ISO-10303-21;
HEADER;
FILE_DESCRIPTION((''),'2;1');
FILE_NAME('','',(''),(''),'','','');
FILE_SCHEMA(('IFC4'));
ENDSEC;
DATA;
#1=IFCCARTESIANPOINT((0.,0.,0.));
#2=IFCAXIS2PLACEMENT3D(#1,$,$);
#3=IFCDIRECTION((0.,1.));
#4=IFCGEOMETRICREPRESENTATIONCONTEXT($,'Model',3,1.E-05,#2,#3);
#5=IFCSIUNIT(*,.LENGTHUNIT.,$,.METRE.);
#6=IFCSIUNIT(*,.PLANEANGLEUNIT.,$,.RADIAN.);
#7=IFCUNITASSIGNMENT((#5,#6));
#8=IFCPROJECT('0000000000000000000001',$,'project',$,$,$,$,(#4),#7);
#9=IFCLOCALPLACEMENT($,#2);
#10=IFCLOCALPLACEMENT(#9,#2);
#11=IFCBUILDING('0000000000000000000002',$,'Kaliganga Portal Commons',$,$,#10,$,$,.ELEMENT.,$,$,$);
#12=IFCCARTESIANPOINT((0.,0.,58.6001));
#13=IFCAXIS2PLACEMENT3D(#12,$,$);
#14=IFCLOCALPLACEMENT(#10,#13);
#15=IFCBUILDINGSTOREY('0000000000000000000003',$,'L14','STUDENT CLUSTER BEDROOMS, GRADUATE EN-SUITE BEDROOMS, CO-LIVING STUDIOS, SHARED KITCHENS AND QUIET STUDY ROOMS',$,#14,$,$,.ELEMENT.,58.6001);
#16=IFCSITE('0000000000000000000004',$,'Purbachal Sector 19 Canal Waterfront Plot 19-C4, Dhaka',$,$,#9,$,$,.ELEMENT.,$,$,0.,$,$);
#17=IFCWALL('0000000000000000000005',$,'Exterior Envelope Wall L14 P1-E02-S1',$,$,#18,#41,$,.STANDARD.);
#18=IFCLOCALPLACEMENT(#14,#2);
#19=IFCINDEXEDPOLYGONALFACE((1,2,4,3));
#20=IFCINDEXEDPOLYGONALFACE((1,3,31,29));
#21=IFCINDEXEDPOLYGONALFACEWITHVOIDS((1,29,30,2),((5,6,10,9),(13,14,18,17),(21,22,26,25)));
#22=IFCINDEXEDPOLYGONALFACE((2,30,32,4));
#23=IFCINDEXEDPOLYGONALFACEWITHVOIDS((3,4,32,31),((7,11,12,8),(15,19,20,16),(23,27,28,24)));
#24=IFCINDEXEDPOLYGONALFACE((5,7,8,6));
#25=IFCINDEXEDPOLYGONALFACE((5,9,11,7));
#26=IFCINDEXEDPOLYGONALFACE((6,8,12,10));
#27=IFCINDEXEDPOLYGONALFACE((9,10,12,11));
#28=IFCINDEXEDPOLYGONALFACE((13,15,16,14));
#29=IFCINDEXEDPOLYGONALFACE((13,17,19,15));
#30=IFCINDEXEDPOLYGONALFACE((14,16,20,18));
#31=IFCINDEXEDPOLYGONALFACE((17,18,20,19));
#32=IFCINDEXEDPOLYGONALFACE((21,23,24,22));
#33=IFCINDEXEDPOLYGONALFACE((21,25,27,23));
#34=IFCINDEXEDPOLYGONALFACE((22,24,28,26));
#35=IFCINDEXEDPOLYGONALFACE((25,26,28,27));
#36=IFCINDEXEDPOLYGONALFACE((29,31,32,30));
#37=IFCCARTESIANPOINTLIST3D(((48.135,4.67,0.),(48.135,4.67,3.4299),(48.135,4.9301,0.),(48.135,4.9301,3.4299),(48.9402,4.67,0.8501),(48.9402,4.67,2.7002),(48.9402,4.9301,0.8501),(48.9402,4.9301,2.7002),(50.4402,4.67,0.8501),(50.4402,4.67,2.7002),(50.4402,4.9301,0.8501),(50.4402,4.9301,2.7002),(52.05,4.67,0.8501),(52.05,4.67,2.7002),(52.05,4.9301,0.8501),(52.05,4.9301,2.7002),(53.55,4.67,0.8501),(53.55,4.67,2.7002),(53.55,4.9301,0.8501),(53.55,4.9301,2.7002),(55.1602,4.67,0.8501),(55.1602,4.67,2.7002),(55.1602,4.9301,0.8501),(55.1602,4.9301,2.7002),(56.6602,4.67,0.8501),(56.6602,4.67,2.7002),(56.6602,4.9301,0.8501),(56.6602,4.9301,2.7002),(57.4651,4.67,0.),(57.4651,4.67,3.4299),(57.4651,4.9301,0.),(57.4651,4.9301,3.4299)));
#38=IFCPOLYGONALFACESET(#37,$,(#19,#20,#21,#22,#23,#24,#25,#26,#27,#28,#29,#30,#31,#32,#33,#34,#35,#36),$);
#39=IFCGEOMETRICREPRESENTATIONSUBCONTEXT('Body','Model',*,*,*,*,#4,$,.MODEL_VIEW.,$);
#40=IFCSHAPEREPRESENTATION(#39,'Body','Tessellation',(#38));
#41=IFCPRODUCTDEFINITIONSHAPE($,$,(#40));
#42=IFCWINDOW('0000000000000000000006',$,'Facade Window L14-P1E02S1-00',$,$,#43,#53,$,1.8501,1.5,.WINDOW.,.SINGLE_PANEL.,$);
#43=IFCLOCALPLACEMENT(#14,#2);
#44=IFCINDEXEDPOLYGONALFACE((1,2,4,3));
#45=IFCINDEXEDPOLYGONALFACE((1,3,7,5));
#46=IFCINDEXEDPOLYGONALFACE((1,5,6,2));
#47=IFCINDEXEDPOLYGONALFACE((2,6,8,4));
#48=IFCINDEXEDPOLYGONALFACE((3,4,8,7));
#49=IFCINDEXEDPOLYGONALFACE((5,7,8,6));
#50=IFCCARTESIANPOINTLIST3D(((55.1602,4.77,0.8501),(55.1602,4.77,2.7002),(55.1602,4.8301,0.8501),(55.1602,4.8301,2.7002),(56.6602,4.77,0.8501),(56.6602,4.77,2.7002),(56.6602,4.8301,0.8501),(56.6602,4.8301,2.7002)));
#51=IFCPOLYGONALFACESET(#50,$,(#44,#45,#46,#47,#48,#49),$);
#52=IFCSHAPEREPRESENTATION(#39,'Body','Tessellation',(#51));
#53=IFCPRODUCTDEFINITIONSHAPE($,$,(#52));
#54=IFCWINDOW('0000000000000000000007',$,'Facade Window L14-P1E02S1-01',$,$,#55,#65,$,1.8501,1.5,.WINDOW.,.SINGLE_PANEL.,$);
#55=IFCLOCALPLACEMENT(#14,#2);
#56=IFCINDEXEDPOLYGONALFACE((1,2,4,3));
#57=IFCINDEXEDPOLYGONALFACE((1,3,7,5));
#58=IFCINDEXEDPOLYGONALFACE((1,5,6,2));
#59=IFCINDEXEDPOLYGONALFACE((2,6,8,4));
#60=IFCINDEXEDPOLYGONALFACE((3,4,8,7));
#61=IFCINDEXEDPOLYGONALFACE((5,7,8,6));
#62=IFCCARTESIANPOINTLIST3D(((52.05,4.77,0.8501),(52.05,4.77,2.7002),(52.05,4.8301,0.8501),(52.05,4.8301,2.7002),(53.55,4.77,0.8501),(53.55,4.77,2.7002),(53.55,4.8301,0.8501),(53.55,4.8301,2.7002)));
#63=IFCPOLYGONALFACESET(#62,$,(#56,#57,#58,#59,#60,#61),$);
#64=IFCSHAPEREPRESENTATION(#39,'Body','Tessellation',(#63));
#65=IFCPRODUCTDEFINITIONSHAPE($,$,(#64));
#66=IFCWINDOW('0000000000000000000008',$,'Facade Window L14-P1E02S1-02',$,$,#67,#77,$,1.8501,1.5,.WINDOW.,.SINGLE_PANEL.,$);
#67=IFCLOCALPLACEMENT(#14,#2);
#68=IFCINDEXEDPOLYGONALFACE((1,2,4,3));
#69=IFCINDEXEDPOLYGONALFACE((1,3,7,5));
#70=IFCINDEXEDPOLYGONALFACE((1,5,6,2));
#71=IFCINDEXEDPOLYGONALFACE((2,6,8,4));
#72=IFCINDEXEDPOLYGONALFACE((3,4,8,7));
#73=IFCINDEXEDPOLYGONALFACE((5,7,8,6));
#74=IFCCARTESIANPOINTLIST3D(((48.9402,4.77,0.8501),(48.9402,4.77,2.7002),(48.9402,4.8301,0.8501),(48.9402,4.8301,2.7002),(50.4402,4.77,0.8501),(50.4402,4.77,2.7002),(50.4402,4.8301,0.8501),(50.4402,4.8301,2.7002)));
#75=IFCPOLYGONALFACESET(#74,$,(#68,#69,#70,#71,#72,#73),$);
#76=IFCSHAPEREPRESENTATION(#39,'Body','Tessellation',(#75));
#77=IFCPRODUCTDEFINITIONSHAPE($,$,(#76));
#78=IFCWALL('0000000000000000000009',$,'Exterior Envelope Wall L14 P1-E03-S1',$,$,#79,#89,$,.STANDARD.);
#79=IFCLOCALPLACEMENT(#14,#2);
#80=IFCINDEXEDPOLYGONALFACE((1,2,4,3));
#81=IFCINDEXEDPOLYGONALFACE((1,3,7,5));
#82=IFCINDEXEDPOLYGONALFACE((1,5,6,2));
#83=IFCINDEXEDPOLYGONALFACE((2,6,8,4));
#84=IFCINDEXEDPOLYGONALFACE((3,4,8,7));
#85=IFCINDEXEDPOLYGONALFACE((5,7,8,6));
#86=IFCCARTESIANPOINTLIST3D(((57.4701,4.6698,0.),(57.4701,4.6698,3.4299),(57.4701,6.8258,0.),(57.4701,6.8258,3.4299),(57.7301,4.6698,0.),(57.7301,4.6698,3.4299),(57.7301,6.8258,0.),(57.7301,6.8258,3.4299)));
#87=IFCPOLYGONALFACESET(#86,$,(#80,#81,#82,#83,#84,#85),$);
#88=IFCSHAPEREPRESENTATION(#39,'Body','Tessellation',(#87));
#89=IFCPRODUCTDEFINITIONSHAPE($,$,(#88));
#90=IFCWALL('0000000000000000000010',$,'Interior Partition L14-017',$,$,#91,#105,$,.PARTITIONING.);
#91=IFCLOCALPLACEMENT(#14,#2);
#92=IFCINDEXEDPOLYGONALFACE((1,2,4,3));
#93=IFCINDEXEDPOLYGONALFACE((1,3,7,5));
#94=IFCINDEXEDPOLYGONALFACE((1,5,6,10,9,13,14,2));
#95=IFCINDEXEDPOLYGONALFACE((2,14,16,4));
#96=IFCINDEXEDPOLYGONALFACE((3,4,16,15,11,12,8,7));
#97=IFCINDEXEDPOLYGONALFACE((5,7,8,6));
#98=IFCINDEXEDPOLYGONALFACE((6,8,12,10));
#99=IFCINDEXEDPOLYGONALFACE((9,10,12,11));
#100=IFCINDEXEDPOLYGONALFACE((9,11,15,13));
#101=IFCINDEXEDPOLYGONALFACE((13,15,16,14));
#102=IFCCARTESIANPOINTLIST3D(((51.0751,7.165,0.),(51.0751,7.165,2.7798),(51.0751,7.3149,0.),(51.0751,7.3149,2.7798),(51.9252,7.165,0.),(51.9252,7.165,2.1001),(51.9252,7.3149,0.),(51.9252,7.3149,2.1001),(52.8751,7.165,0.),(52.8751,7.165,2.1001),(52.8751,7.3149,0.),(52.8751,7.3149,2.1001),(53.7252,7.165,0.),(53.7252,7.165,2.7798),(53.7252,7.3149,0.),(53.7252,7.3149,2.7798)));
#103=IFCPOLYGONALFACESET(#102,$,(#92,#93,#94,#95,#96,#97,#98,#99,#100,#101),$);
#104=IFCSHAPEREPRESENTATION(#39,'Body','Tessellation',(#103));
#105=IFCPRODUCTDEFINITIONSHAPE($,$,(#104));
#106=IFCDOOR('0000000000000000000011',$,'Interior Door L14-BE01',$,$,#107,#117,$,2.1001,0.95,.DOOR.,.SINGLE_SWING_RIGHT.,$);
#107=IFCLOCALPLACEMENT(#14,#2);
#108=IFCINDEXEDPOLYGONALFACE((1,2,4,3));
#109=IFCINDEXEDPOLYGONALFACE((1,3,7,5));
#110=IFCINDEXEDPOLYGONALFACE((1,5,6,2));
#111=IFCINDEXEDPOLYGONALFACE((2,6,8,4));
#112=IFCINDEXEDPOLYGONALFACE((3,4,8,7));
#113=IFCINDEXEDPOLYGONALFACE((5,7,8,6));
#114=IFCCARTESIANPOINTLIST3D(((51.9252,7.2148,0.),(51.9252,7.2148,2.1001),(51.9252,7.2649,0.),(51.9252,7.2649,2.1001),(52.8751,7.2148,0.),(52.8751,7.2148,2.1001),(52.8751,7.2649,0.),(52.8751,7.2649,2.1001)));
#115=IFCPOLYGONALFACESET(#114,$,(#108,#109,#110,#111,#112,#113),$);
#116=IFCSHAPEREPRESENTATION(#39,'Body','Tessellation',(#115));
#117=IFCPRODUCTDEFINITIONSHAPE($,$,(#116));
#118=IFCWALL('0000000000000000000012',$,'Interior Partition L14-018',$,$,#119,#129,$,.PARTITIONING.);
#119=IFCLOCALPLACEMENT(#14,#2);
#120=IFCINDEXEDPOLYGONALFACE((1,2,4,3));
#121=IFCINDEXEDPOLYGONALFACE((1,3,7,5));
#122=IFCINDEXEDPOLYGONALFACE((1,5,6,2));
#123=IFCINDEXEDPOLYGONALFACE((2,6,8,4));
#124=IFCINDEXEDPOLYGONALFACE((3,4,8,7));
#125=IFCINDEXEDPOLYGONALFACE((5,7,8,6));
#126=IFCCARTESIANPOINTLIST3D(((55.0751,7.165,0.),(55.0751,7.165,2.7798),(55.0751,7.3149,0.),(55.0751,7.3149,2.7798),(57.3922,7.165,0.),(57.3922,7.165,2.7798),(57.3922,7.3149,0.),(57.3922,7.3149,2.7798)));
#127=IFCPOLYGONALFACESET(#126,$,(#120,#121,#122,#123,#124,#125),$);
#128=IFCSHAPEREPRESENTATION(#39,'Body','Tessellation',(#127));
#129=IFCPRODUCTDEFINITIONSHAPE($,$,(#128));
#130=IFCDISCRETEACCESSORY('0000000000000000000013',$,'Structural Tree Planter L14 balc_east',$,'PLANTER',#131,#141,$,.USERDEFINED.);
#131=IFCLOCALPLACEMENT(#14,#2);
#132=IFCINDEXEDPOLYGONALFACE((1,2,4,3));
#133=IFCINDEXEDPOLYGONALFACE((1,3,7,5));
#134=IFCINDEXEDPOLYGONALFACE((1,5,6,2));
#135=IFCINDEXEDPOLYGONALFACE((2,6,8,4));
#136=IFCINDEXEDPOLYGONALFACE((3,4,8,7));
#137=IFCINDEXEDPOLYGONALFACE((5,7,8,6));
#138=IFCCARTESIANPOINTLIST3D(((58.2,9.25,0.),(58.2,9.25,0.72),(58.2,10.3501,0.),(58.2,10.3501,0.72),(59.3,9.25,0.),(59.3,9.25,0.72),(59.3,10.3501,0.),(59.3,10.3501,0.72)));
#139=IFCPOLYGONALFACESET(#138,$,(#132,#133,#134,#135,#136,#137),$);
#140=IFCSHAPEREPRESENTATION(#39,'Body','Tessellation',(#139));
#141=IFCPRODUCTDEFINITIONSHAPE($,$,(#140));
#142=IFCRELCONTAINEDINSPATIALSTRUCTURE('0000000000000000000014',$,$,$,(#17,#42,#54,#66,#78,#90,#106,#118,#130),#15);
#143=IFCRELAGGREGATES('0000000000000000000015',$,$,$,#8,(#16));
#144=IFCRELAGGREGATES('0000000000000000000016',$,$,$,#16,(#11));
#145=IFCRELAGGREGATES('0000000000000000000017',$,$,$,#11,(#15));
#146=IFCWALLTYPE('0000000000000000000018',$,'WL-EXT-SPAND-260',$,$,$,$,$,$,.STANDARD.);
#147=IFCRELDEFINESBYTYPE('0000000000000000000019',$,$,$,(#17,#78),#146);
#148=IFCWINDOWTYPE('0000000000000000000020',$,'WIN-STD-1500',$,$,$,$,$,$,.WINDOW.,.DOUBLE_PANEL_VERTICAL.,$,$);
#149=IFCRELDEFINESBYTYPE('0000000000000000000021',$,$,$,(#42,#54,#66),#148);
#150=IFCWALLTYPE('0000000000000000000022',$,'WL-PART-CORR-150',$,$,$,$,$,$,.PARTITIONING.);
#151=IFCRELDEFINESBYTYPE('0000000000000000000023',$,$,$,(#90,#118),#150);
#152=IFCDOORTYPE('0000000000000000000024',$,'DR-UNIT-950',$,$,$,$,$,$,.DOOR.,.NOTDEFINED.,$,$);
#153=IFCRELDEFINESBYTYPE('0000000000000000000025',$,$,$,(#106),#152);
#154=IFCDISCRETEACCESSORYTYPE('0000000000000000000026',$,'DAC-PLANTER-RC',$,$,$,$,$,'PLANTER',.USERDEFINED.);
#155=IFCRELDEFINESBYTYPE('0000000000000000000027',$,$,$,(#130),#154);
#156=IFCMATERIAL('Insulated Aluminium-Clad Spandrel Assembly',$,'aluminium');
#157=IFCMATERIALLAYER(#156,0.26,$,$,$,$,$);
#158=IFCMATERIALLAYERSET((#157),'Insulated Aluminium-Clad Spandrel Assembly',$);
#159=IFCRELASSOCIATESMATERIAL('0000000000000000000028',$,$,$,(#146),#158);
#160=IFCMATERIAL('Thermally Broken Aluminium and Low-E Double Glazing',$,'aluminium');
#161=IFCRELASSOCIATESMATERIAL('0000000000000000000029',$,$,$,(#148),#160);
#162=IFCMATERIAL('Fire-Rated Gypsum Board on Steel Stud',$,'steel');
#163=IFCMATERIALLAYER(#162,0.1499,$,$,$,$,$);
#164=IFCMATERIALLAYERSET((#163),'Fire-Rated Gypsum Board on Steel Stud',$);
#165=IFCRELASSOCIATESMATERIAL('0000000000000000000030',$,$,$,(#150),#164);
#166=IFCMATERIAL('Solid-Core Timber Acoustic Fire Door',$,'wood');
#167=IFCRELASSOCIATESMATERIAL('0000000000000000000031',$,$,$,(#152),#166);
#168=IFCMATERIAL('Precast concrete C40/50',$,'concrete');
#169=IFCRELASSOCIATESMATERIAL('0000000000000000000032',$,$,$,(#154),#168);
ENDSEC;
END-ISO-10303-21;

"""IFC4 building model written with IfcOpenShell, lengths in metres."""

from ifc_helpers import new_model, si_unit, direction, frame, frame_2d, origin, origin_2d, place, context, subcontext, project, spatial, rectangle, extrude, source, transform, mapped, material, layer, layer_set, type_object, element, fill, save


model = new_model("IFC4")

# Units and contexts
model_context = context("Model", 3, precision=1e-05, world=origin(), true_north=direction((0.0, 1.0)))
body_context = subcontext(model_context, "Body", "Model", "MODEL_VIEW")
ifc_project = project(units=[si_unit("LENGTHUNIT", "METRE"), si_unit("PLANEANGLEUNIT", "RADIAN")], contexts=[model_context])

# Site, building, storey
site_placement = place(None, origin())
site = spatial("IfcSite", under=ifc_project, at=site_placement, Name="Purbachal Sector 19 Canal Waterfront Plot 19-C4, Dhaka", CompositionType="ELEMENT", RefElevation=0.0)
building_placement = place(site_placement, origin())
building = spatial("IfcBuilding", under=site, at=building_placement, Name="Kaliganga Portal Commons", CompositionType="ELEMENT")
storey_placement = place(building_placement, frame((0.0, 0.0, 58.6001)))
storey = spatial("IfcBuildingStorey", under=building, at=storey_placement, Name="L14", Description="STUDENT CLUSTER BEDROOMS, GRADUATE EN-SUITE BEDROOMS, CO-LIVING STUDIOS, SHARED KITCHENS AND QUIET STUDY ROOMS", CompositionType="ELEMENT", Elevation=58.6001)

# Wall, openings, windows
ifc_material_1 = material(Name="Insulated Aluminium-Clad Spandrel Assembly", Category="aluminium")
ifc_layer_1 = layer(ifc_material_1, 0.26)
ifc_layer_set_1 = layer_set([ifc_layer_1], Name="Insulated Aluminium-Clad Spandrel Assembly")
wall_type_1 = type_object("IfcWallType", Name="WL-EXT-SPAND-260", PredefinedType="STANDARD", material=ifc_layer_set_1)
wall_1_placement = place(storey_placement, frame((57.4651, 4.8, 0.0), z_axis=(0.0, 0.0, 1.0), x_axis=(-1.0, 0.0, 0.0)))
wall_1 = element("IfcWall", 1, at=wall_1_placement, inside=storey, type_object=wall_type_1, Name="Exterior Envelope Wall L14 P1-E02-S1", PredefinedType="STANDARD", context=body_context, shape_type="SweptSolid", body=[
    extrude(rectangle(XDim=9.3301, YDim=0.26, at=frame_2d((4.665, 0.0))), origin(), (0.0, 0.0, 1.0), 3.4299),
])
opening_1_placement = place(wall_1_placement, frame((0.8049, 0.0, 0.8501)))
opening_1 = element("IfcOpeningElement", 2, at=opening_1_placement, cuts=wall_1, PredefinedType="OPENING", context=body_context, shape_type="SweptSolid", body=[
    extrude(rectangle(XDim=1.5, YDim=1.8501, at=frame_2d((0.75, 0.925))), frame((0.0, 0.1401, 0.0), z_axis=(0.0, -1.0, 0.0), x_axis=(1.0, 0.0, 0.0)), (0.0, 0.0, 1.0), 0.28),
])
opening_2_placement = place(wall_1_placement, frame((3.915, 0.0, 0.8501)))
opening_2 = element("IfcOpeningElement", 3, at=opening_2_placement, cuts=wall_1, PredefinedType="OPENING", context=body_context, shape_type="SweptSolid", body=[
    extrude(rectangle(XDim=1.5, YDim=1.8501, at=frame_2d((0.75, 0.925))), frame((0.0, 0.1401, 0.0), z_axis=(0.0, -1.0, 0.0), x_axis=(1.0, 0.0, 0.0)), (0.0, 0.0, 1.0), 0.28),
])
opening_3_placement = place(wall_1_placement, frame((7.0249, 0.0, 0.8501)))
opening_3 = element("IfcOpeningElement", 4, at=opening_3_placement, cuts=wall_1, PredefinedType="OPENING", context=body_context, shape_type="SweptSolid", body=[
    extrude(rectangle(XDim=1.5, YDim=1.8501, at=frame_2d((0.75, 0.925))), frame((0.0, 0.1401, 0.0), z_axis=(0.0, -1.0, 0.0), x_axis=(1.0, 0.0, 0.0)), (0.0, 0.0, 1.0), 0.28),
])
ifc_material_2 = material(Name="Thermally Broken Aluminium and Low-E Double Glazing", Category="aluminium")
window_type = type_object("IfcWindowType", Name="WIN-STD-1500", PartitioningType="DOUBLE_PANEL_VERTICAL", PredefinedType="WINDOW", material=ifc_material_2)
window_1_placement = place(opening_1_placement, origin())
window_1 = element("IfcWindow", 5, at=window_1_placement, inside=storey, type_object=window_type, Name="Facade Window L14-P1E02S1-00", OverallHeight=1.8501, OverallWidth=1.5, PartitioningType="SINGLE_PANEL", PredefinedType="WINDOW", context=body_context, shape_type="SweptSolid", body=[
    extrude(rectangle(XDim=1.5, YDim=1.8501, at=frame_2d((0.75, 0.925))), frame((0.0, 0.03, 0.0), z_axis=(0.0, -1.0, 0.0), x_axis=(1.0, 0.0, 0.0)), (0.0, 0.0, 1.0), 0.0601),
])
fill(opening_1, window_1)
window_2_placement = place(opening_2_placement, origin())
window_2 = element("IfcWindow", 6, at=window_2_placement, inside=storey, type_object=window_type, Name="Facade Window L14-P1E02S1-01", OverallHeight=1.8501, OverallWidth=1.5, PartitioningType="SINGLE_PANEL", PredefinedType="WINDOW", context=body_context, shape_type="SweptSolid", body=[
    extrude(rectangle(XDim=1.5, YDim=1.8501, at=frame_2d((0.75, 0.925))), frame((0.0, 0.03, 0.0), z_axis=(0.0, -1.0, 0.0), x_axis=(1.0, 0.0, 0.0)), (0.0, 0.0, 1.0), 0.0601),
])
fill(opening_2, window_2)
window_3_placement = place(opening_3_placement, origin())
window_3 = element("IfcWindow", 7, at=window_3_placement, inside=storey, type_object=window_type, Name="Facade Window L14-P1E02S1-02", OverallHeight=1.8501, OverallWidth=1.5, PartitioningType="SINGLE_PANEL", PredefinedType="WINDOW", context=body_context, shape_type="SweptSolid", body=[
    extrude(rectangle(XDim=1.5, YDim=1.8501, at=frame_2d((0.75, 0.925))), frame((0.0, 0.03, 0.0), z_axis=(0.0, -1.0, 0.0), x_axis=(1.0, 0.0, 0.0)), (0.0, 0.0, 1.0), 0.0601),
])
fill(opening_3, window_3)

# Wall
wall_2_placement = place(storey_placement, frame((57.6001, 6.8259, 0.0), z_axis=(0.0, 0.0, 1.0), x_axis=(0.0, -1.0, 0.0)))
element("IfcWall", 8, at=wall_2_placement, inside=storey, type_object=wall_type_1, Name="Exterior Envelope Wall L14 P1-E03-S1", PredefinedType="STANDARD", context=body_context, shape_type="SweptSolid", body=[
    extrude(rectangle(XDim=2.156, YDim=0.26, at=frame_2d((1.0781, 0.0))), origin(), (0.0, 0.0, 1.0), 3.4299),
])

# Wall, opening, door
ifc_material_3 = material(Name="Fire-Rated Gypsum Board on Steel Stud", Category="steel")
ifc_layer_2 = layer(ifc_material_3, 0.1499)
ifc_layer_set_2 = layer_set([ifc_layer_2], Name="Fire-Rated Gypsum Board on Steel Stud")
wall_type_2 = type_object("IfcWallType", Name="WL-PART-CORR-150", PredefinedType="PARTITIONING", material=ifc_layer_set_2)
wall_3_placement = place(storey_placement, frame((51.075, 7.24, 0.0), z_axis=(0.0, 0.0, 1.0), x_axis=(1.0, 0.0, 0.0)))
wall_3 = element("IfcWall", 9, at=wall_3_placement, inside=storey, type_object=wall_type_2, Name="Interior Partition L14-017", PredefinedType="PARTITIONING", context=body_context, shape_type="SweptSolid", body=[
    extrude(rectangle(XDim=2.6501, YDim=0.1499, at=frame_2d((1.3252, 0.0))), origin(), (0.0, 0.0, 1.0), 2.7798),
])
opening_4_placement = place(wall_3_placement, frame((0.8501, 0.0, 0.0)))
opening_4 = element("IfcOpeningElement", 10, at=opening_4_placement, cuts=wall_3, PredefinedType="OPENING", context=body_context, shape_type="SweptSolid", body=[
    extrude(rectangle(XDim=0.95, YDim=2.1001, at=frame_2d((0.4751, 1.05))), frame((0.0, 0.085, 0.0), z_axis=(0.0, -1.0, 0.0), x_axis=(1.0, 0.0, 0.0)), (0.0, 0.0, 1.0), 0.1699),
])
ifc_material_4 = material(Name="Solid-Core Timber Acoustic Fire Door", Category="wood")
door_type = type_object("IfcDoorType", Name="DR-UNIT-950", OperationType="NOTDEFINED", PredefinedType="DOOR", material=ifc_material_4)
door_placement = place(opening_4_placement, origin())
door = element("IfcDoor", 11, at=door_placement, inside=storey, type_object=door_type, Name="Interior Door L14-BE01", OperationType="SINGLE_SWING_RIGHT", OverallHeight=2.1001, OverallWidth=0.95, PredefinedType="DOOR", context=body_context, shape_type="SweptSolid", body=[
    extrude(rectangle(XDim=0.95, YDim=2.1001, at=frame_2d((0.4751, 1.05))), frame((0.0, 0.0249, 0.0), z_axis=(0.0, -1.0, 0.0), x_axis=(1.0, 0.0, 0.0)), (0.0, 0.0, 1.0), 0.05),
])
fill(opening_4, door)

# Wall
wall_4_placement = place(storey_placement, frame((55.075, 7.24, 0.0), z_axis=(0.0, 0.0, 1.0), x_axis=(1.0, 0.0, 0.0)))
element("IfcWall", 12, at=wall_4_placement, inside=storey, type_object=wall_type_2, Name="Interior Partition L14-018", PredefinedType="PARTITIONING", context=body_context, shape_type="SweptSolid", body=[
    extrude(rectangle(XDim=2.3171, YDim=0.1499, at=frame_2d((1.1587, 0.0))), origin(), (0.0, 0.0, 1.0), 2.7798),
])

# Discrete accessory
ifc_material_5 = material(Name="Precast concrete C40/50", Category="concrete")
discrete_accessory_type = type_object("IfcDiscreteAccessoryType", Name="DAC-PLANTER-RC", ElementType="PLANTER", PredefinedType="USERDEFINED", material=ifc_material_5)
shared_shape_1 = source(origin(), body_context, "Body", "SweptSolid", [
    extrude(rectangle(XDim=1.1001, YDim=1.1001, at=origin_2d()), origin(), (0.0, 0.0, 1.0), 0.72),
])
discrete_accessory_placement = place(storey_placement, frame((58.75, 9.8, 0.0), z_axis=(0.0, 0.0, 1.0), x_axis=(1.0, 0.0, 0.0)))
element("IfcDiscreteAccessory", 13, at=discrete_accessory_placement, inside=storey, type_object=discrete_accessory_type, Name="Structural Tree Planter L14 balc_east", ObjectType="PLANTER", PredefinedType="USERDEFINED", context=body_context, shape_type="MappedRepresentation", body=[
    mapped(shared_shape_1, transform((0.0, 0.0, 0.0), x_axis=(1.0, 0.0, 0.0), y_axis=(0.0, 1.0, 0.0), z_axis=(0.0, 0.0, 1.0), scale=1.0)),
])

save(model, "model.ifc")
